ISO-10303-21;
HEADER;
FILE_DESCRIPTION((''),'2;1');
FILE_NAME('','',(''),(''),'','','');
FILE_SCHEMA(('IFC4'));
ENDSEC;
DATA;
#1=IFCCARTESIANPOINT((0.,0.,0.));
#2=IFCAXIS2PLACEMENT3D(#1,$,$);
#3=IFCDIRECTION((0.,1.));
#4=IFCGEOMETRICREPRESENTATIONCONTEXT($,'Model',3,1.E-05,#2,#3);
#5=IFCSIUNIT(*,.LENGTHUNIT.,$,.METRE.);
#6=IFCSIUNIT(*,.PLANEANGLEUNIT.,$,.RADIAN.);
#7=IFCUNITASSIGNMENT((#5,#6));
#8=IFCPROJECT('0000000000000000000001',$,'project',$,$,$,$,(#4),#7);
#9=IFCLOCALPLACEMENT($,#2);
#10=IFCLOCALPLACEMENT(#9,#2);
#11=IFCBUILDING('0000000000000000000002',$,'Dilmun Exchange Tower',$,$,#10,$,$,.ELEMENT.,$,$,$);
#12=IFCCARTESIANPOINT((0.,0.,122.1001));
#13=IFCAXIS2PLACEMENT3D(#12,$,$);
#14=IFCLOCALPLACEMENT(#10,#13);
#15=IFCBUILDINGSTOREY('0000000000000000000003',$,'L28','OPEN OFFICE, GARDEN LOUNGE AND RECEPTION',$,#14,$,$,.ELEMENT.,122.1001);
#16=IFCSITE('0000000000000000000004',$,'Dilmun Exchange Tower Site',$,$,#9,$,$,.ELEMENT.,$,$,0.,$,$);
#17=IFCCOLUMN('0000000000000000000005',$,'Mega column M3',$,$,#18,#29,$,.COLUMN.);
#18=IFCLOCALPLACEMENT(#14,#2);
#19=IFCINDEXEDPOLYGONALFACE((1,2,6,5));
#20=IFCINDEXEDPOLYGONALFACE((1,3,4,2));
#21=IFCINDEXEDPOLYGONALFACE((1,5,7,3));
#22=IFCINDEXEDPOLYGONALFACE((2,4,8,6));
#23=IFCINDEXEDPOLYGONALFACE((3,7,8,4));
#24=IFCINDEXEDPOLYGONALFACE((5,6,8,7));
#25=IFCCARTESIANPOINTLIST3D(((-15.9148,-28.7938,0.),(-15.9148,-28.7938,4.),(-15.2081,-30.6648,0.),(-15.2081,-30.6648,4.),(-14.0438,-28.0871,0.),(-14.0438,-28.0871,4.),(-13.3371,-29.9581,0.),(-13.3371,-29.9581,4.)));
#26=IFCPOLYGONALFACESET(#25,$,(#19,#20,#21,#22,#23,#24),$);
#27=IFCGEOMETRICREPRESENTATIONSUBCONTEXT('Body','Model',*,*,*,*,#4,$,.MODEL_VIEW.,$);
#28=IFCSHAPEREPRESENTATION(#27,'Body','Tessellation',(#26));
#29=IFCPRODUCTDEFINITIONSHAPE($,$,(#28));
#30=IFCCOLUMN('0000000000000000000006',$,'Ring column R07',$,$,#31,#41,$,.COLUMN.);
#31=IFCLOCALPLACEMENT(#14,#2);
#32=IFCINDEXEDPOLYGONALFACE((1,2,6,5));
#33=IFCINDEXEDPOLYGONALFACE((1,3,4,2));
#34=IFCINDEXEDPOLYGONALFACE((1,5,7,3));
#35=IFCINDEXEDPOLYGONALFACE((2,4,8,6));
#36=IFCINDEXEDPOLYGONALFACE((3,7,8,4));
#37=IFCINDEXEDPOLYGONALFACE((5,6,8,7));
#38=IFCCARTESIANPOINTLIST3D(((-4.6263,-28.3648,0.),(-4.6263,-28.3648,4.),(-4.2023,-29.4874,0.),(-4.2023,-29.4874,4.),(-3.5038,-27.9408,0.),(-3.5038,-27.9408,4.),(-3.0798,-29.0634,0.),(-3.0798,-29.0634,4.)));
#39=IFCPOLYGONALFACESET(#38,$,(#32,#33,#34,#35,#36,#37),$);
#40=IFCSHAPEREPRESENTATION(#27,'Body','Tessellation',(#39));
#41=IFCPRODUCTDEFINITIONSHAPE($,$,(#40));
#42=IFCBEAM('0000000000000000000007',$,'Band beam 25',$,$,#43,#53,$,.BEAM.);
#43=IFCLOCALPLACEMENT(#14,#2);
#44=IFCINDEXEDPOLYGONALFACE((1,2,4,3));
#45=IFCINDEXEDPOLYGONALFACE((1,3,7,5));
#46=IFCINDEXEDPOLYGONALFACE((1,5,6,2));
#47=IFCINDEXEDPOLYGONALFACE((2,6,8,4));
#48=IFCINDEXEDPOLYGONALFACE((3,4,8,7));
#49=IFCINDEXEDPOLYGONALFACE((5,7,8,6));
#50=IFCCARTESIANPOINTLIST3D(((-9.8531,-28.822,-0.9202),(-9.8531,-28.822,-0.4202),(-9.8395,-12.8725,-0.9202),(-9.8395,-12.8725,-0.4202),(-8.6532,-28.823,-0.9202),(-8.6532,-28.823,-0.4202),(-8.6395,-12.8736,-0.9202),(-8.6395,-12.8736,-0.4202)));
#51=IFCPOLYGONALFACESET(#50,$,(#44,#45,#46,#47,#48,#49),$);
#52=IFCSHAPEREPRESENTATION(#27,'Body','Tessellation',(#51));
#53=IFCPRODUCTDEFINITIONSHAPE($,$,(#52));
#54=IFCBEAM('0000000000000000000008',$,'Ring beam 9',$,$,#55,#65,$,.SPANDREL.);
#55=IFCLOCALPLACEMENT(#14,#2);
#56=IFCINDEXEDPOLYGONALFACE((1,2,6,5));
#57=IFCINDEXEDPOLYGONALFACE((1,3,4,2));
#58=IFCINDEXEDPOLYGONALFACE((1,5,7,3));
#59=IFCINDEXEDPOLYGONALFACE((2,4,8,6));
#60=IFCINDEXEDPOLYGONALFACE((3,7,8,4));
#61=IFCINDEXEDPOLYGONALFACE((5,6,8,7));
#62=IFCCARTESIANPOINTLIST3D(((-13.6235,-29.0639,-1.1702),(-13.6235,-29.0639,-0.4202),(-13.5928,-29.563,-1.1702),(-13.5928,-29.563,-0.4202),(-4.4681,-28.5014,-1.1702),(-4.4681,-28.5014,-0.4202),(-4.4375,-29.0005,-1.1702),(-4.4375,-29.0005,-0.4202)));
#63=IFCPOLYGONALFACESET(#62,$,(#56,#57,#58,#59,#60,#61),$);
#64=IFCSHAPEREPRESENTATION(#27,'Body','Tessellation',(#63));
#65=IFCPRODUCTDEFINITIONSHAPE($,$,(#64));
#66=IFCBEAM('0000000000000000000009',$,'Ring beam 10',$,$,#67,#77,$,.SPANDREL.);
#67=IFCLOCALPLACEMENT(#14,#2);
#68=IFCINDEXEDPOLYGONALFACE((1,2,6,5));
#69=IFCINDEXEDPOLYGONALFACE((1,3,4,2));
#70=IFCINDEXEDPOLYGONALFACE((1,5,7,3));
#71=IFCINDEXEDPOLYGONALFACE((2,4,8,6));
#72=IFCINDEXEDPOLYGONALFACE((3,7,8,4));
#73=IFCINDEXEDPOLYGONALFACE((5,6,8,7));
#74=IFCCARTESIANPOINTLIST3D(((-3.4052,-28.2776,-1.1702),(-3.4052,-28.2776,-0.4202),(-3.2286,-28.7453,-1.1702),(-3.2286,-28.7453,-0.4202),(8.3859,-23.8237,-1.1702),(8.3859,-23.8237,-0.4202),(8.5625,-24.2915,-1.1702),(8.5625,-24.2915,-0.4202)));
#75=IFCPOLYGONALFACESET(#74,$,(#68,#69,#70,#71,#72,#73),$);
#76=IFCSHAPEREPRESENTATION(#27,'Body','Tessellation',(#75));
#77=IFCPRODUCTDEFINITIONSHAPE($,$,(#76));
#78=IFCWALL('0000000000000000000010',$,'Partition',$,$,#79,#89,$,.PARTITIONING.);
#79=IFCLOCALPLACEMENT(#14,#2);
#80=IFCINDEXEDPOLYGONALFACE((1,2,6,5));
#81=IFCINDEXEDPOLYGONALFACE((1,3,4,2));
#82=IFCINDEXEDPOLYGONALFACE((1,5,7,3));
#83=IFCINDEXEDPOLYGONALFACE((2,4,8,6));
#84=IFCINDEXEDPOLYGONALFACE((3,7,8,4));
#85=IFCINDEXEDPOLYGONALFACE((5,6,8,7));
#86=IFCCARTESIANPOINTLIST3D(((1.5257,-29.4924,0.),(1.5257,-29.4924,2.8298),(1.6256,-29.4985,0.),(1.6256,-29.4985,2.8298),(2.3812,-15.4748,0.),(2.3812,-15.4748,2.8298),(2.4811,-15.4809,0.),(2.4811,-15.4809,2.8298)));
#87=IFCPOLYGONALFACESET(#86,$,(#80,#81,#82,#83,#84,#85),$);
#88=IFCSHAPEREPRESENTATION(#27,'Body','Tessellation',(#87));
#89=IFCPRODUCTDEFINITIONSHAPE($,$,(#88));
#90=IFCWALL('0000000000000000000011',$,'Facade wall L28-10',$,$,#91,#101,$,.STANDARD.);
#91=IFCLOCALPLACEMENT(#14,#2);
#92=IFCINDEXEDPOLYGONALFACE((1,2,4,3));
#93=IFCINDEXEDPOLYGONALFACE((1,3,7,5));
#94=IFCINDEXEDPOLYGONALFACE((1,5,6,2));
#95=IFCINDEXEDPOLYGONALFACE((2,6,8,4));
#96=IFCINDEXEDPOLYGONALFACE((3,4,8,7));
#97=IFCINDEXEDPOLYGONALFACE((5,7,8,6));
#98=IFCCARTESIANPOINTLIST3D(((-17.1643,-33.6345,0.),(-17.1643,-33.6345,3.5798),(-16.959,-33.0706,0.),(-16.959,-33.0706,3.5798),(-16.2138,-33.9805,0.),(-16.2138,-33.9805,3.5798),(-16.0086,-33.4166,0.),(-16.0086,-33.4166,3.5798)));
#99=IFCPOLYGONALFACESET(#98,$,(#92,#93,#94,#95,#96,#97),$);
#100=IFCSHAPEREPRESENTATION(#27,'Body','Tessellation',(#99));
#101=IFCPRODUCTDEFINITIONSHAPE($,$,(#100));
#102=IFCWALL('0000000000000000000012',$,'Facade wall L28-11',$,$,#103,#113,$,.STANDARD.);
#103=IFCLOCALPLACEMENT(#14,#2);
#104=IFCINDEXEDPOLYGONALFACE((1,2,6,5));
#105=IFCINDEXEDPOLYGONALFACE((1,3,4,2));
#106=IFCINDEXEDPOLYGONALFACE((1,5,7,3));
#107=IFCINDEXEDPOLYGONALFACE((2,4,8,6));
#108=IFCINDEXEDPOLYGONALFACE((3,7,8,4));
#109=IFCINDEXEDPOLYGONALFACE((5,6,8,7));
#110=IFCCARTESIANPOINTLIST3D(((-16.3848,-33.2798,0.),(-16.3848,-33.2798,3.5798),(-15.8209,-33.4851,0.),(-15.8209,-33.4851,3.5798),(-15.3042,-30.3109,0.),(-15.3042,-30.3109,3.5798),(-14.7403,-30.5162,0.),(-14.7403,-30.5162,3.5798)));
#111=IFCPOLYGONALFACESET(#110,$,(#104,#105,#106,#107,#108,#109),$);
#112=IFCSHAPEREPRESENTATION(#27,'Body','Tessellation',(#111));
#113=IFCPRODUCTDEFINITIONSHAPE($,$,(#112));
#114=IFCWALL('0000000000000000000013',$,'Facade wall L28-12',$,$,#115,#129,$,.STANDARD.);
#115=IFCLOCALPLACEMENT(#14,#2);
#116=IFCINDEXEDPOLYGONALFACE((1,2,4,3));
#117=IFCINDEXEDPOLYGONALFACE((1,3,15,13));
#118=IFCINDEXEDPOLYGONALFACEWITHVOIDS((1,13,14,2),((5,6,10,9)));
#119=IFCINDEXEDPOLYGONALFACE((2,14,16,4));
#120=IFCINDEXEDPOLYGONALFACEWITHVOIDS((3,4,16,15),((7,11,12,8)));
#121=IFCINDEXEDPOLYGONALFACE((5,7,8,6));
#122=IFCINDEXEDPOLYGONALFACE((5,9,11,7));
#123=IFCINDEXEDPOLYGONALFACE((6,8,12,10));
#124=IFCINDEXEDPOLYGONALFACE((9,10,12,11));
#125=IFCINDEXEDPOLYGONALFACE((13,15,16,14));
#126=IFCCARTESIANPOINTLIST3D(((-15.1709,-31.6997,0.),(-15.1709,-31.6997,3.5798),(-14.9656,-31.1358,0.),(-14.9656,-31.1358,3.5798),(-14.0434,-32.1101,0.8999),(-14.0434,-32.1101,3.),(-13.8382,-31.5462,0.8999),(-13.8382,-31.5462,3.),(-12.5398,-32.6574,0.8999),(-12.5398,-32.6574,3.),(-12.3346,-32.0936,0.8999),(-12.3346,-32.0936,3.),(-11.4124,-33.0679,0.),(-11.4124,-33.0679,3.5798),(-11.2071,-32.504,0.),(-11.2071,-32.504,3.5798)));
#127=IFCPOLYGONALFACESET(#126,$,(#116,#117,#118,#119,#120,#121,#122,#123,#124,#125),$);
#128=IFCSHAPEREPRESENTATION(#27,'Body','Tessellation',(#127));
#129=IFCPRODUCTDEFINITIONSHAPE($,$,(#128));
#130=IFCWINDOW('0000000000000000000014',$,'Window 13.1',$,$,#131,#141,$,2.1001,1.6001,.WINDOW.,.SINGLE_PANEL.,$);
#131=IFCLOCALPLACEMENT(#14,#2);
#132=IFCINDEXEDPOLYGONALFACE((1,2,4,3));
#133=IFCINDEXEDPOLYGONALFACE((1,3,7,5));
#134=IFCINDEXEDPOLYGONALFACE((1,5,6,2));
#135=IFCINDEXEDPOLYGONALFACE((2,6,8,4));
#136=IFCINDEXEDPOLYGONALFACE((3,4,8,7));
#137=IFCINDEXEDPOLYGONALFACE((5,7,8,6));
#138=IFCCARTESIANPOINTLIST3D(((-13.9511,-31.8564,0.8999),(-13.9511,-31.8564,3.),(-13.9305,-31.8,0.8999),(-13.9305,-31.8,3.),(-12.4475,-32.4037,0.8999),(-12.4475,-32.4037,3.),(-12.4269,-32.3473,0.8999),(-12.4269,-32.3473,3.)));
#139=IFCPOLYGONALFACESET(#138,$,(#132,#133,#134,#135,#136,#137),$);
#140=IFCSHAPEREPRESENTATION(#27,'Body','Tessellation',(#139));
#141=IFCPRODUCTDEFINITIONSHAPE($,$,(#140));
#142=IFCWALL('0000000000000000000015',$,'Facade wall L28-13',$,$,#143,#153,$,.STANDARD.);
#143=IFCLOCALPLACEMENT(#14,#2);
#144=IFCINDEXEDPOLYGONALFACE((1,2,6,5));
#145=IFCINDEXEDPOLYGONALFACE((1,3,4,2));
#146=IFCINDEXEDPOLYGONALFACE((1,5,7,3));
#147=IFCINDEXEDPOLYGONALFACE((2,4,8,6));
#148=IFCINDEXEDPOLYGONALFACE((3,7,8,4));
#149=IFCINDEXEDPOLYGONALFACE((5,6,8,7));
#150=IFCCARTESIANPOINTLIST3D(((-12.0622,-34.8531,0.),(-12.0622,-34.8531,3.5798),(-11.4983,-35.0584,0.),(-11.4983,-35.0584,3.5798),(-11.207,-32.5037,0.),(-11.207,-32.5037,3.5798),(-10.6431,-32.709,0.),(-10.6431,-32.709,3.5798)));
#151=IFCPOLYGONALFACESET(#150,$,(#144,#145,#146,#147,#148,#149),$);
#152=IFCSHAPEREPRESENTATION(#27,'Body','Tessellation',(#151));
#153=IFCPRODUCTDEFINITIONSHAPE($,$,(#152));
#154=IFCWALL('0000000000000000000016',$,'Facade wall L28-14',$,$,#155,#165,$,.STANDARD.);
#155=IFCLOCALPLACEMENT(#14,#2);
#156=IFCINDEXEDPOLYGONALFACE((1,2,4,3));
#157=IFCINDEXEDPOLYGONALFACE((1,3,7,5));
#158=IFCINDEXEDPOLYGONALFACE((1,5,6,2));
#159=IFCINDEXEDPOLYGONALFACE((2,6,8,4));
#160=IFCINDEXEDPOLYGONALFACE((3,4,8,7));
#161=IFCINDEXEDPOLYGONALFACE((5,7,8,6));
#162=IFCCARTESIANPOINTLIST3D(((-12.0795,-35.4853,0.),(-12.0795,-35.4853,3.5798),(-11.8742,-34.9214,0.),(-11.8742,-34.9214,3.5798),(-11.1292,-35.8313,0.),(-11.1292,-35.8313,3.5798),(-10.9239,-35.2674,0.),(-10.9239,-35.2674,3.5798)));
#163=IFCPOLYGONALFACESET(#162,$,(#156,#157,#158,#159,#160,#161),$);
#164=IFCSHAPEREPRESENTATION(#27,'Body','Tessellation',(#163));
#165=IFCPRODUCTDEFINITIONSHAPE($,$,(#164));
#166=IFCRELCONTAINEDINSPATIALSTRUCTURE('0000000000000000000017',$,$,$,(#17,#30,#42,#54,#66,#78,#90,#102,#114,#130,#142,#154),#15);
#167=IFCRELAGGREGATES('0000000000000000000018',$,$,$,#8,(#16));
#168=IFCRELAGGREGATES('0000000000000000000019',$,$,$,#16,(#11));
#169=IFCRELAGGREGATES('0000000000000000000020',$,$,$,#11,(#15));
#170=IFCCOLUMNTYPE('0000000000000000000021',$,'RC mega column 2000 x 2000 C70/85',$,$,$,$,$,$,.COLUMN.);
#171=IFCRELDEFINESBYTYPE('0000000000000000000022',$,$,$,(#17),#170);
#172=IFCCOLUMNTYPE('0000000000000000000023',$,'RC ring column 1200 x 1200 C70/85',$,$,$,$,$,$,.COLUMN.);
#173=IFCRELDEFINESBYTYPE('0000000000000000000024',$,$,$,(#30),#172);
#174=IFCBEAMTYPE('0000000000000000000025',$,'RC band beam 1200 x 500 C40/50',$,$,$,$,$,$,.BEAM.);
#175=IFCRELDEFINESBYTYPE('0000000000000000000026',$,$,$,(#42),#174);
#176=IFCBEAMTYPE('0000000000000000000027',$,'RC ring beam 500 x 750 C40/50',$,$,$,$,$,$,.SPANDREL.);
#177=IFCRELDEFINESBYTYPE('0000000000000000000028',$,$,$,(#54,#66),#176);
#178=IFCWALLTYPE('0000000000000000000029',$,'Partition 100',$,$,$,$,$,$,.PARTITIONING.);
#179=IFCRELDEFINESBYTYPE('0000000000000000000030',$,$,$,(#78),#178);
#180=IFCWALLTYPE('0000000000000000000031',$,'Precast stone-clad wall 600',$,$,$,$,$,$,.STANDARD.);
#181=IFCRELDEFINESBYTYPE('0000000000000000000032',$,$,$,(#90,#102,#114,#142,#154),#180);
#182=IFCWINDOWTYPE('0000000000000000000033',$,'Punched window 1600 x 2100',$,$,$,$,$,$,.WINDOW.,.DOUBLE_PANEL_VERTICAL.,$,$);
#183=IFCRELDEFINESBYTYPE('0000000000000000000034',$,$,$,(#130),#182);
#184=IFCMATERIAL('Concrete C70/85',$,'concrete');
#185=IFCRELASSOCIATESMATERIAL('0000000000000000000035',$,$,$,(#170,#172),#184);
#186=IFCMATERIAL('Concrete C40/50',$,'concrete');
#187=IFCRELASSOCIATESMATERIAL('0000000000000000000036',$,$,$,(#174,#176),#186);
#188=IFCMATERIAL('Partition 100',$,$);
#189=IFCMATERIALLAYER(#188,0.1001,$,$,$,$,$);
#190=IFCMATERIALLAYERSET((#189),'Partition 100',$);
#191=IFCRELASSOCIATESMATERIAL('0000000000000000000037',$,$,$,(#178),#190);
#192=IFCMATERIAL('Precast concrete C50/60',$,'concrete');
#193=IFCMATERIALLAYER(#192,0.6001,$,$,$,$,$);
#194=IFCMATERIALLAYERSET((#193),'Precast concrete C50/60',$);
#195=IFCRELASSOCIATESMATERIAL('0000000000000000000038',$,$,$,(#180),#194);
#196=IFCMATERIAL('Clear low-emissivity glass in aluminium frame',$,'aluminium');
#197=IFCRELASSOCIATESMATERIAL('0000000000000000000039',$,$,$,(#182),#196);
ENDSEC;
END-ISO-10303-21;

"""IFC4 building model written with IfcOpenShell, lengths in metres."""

from ifc_helpers import new_model, si_unit, direction, frame, frame_2d, origin, origin_2d, place, context, subcontext, project, spatial, rectangle, extrude, material, layer, layer_set, material_profile, profile_set, type_object, element, fill, save


model = new_model("IFC4")

# Units and contexts
model_context = context("Model", 3, precision=1e-05, world=origin(), true_north=direction((0.0, 1.0)))
body_context = subcontext(model_context, "Body", "Model", "MODEL_VIEW")
ifc_project = project(units=[si_unit("LENGTHUNIT", "METRE"), si_unit("PLANEANGLEUNIT", "RADIAN")], contexts=[model_context])

# Site, building, storey
site_placement = place(None, origin())
site = spatial("IfcSite", under=ifc_project, at=site_placement, Name="Dilmun Exchange Tower Site", CompositionType="ELEMENT", RefElevation=0.0)
building_placement = place(site_placement, origin())
building = spatial("IfcBuilding", under=site, at=building_placement, Name="Dilmun Exchange Tower", CompositionType="ELEMENT")
storey_placement = place(building_placement, frame((0.0, 0.0, 122.1001)))
storey = spatial("IfcBuildingStorey", under=building, at=storey_placement, Name="L28", Description="OPEN OFFICE, GARDEN LOUNGE AND RECEPTION", CompositionType="ELEMENT", Elevation=122.1001)

# Columns
ifc_material_1 = material(Name="Concrete C70/85", Category="concrete")
ifc_material_profile_1 = material_profile(ifc_material_1, rectangle(XDim=2.0, YDim=2.0, at=origin_2d()), Name="2000 x 2000")
ifc_profile_set_1 = profile_set([ifc_material_profile_1], Name="Concrete C70/85")
column_type_1 = type_object("IfcColumnType", Name="RC mega column 2000 x 2000 C70/85", PredefinedType="COLUMN", material=ifc_profile_set_1)
column_1_placement = place(storey_placement, frame((-14.626, -29.376, 0.0), z_axis=(0.0, 0.0, 1.0), x_axis=(0.935492, 0.353349, 0.0)))
element("IfcColumn", 1, at=column_1_placement, inside=storey, type_object=column_type_1, Name="Mega column M3", PredefinedType="COLUMN", context=body_context, shape_type="SweptSolid", body=[
    extrude(rectangle(XDim=2.0, YDim=2.0, at=origin_2d()), origin(), (0.0, 0.0, 1.0), 4.0),
])
ifc_material_profile_2 = material_profile(ifc_material_1, rectangle(XDim=1.2, YDim=1.2, at=origin_2d()), Name="1200 x 1200")
ifc_profile_set_2 = profile_set([ifc_material_profile_2], Name="Concrete C70/85")
column_type_2 = type_object("IfcColumnType", Name="RC ring column 1200 x 1200 C70/85", PredefinedType="COLUMN", material=ifc_profile_set_2)
column_2_placement = place(storey_placement, frame((-3.853, -28.7141, 0.0), z_axis=(0.0, 0.0, 1.0), x_axis=(0.935492, 0.353349, 0.0)))
element("IfcColumn", 2, at=column_2_placement, inside=storey, type_object=column_type_2, Name="Ring column R07", PredefinedType="COLUMN", context=body_context, shape_type="SweptSolid", body=[
    extrude(rectangle(XDim=1.2, YDim=1.2, at=origin_2d()), origin(), (0.0, 0.0, 1.0), 4.0),
])

# Beams
ifc_material_2 = material(Name="Concrete C40/50", Category="concrete")
ifc_material_profile_3 = material_profile(ifc_material_2, rectangle(XDim=1.2, YDim=0.5, at=origin_2d()), Name="1200 x 500")
ifc_profile_set_3 = profile_set([ifc_material_profile_3], Name="Concrete C40/50")
beam_type_1 = type_object("IfcBeamType", Name="RC band beam 1200 x 500 C40/50", PredefinedType="BEAM", material=ifc_profile_set_3)
beam_1_placement = place(storey_placement, frame((-9.2532, -28.8225, -0.6702), z_axis=(0.000857, 1.0, 0.0), x_axis=(-1.0, 0.000857, 0.0)))
element("IfcBeam", 3, at=beam_1_placement, inside=storey, type_object=beam_type_1, Name="Band beam 25", PredefinedType="BEAM", context=body_context, shape_type="SweptSolid", body=[
    extrude(rectangle(XDim=1.2, YDim=0.5, at=origin_2d()), origin(), (0.0, 0.0, 1.0), 15.9495),
])
ifc_material_profile_4 = material_profile(ifc_material_2, rectangle(XDim=0.5, YDim=0.75, at=origin_2d()), Name="500 x 750")
ifc_profile_set_4 = profile_set([ifc_material_profile_4], Name="Concrete C40/50")
beam_type_2 = type_object("IfcBeamType", Name="RC ring beam 500 x 750 C40/50", PredefinedType="SPANDREL", material=ifc_profile_set_4)
beam_2_placement = place(storey_placement, frame((-13.6082, -29.3135, -0.7952), z_axis=(0.998118, 0.061324, 0.0), x_axis=(-0.061324, 0.998118, 0.0)))
element("IfcBeam", 4, at=beam_2_placement, inside=storey, type_object=beam_type_2, Name="Ring beam 9", PredefinedType="SPANDREL", context=body_context, shape_type="SweptSolid", body=[
    extrude(rectangle(XDim=0.5, YDim=0.75, at=origin_2d()), origin(), (0.0, 0.0, 1.0), 9.1726),
])
beam_3_placement = place(storey_placement, frame((-3.3169, -28.5115, -0.7952), z_axis=(0.935486, 0.353364, 0.0), x_axis=(-0.353364, 0.935486, 0.0)))
element("IfcBeam", 5, at=beam_3_placement, inside=storey, type_object=beam_type_2, Name="Ring beam 10", PredefinedType="SPANDREL", context=body_context, shape_type="SweptSolid", body=[
    extrude(rectangle(XDim=0.5, YDim=0.75, at=origin_2d()), origin(), (0.0, 0.0, 1.0), 12.6042),
])

# Walls
ifc_material_3 = material(Name="Partition 100")
ifc_layer_1 = layer(ifc_material_3, 0.1001)
ifc_layer_set_1 = layer_set([ifc_layer_1], Name="Partition 100")
wall_type_1 = type_object("IfcWallType", Name="Partition 100", PredefinedType="PARTITIONING", material=ifc_layer_set_1)
wall_1_placement = place(storey_placement, frame((1.5757, -29.4956, 0.0), z_axis=(0.0, 0.0, 1.0), x_axis=(0.060915, 0.998143, 0.0)))
element("IfcWall", 6, at=wall_1_placement, inside=storey, type_object=wall_type_1, Name="Partition", PredefinedType="PARTITIONING", context=body_context, shape_type="SweptSolid", body=[
    extrude(rectangle(XDim=14.0437, YDim=0.1001, at=frame_2d((7.022, 0.0))), origin(), (0.0, 0.0, 1.0), 2.8298),
])
ifc_material_4 = material(Name="Precast concrete C50/60", Category="concrete")
ifc_layer_2 = layer(ifc_material_4, 0.6001)
ifc_layer_set_2 = layer_set([ifc_layer_2], Name="Precast concrete C50/60")
wall_type_2 = type_object("IfcWallType", Name="Precast stone-clad wall 600", PredefinedType="STANDARD", material=ifc_layer_set_2)
wall_2_placement = place(storey_placement, frame((-17.0618, -33.3525, 0.0), z_axis=(0.0, 0.0, 1.0), x_axis=(0.939688, -0.342034, 0.0)))
element("IfcWall", 7, at=wall_2_placement, inside=storey, type_object=wall_type_2, Name="Facade wall L28-10", PredefinedType="STANDARD", context=body_context, shape_type="SweptSolid", body=[
    extrude(rectangle(XDim=1.0115, YDim=0.6001, at=frame_2d((0.5059, 0.0))), origin(), (0.0, 0.0, 1.0), 3.5798),
])
wall_3_placement = place(storey_placement, frame((-16.1028, -33.3823, 0.0), z_axis=(0.0, 0.0, 1.0), x_axis=(0.342004, 0.939699, 0.0)))
element("IfcWall", 8, at=wall_3_placement, inside=storey, type_object=wall_type_2, Name="Facade wall L28-11", PredefinedType="STANDARD", context=body_context, shape_type="SweptSolid", body=[
    extrude(rectangle(XDim=3.1594, YDim=0.6001, at=frame_2d((1.5796, 0.0))), origin(), (0.0, 0.0, 1.0), 3.5798),
])

# Wall, opening, window
wall_4_placement = place(storey_placement, frame((-15.0684, -31.4177, 0.0), z_axis=(0.0, 0.0, 1.0), x_axis=(0.939679, -0.342057, 0.0)))
wall_4 = element("IfcWall", 9, at=wall_4_placement, inside=storey, type_object=wall_type_2, Name="Facade wall L28-12", PredefinedType="STANDARD", context=body_context, shape_type="SweptSolid", body=[
    extrude(rectangle(XDim=3.9998, YDim=0.6001, at=frame_2d((2.0, 0.0))), origin(), (0.0, 0.0, 1.0), 3.5798),
])
opening_1_placement = place(wall_4_placement, frame((1.2, 0.0, 0.8999)))
opening_1 = element("IfcOpeningElement", 10, at=opening_1_placement, cuts=wall_4, PredefinedType="OPENING", context=body_context, shape_type="SweptSolid", body=[
    extrude(rectangle(XDim=1.6001, YDim=2.1001, at=frame_2d((0.8, 1.05))), frame((0.0, 0.3101, 0.0), z_axis=(0.0, -1.0, 0.0), x_axis=(1.0, 0.0, 0.0)), (0.0, 0.0, 1.0), 0.6201),
])
ifc_material_5 = material(Name="Clear low-emissivity glass in aluminium frame", Category="aluminium")
window_type_1 = type_object("IfcWindowType", Name="Punched window 1600 x 2100", PartitioningType="DOUBLE_PANEL_VERTICAL", PredefinedType="WINDOW", material=ifc_material_5)
window_1_placement = place(opening_1_placement, origin())
window_1 = element("IfcWindow", 11, at=window_1_placement, inside=storey, type_object=window_type_1, Name="Window 13.1", OverallHeight=2.1001, OverallWidth=1.6001, PartitioningType="SINGLE_PANEL", PredefinedType="WINDOW", context=body_context, shape_type="SweptSolid", body=[
    extrude(rectangle(XDim=1.6001, YDim=2.1001, at=frame_2d((0.8, 1.05))), frame((0.0, 0.03, 0.0), z_axis=(0.0, -1.0, 0.0), x_axis=(1.0, 0.0, 0.0)), (0.0, 0.0, 1.0), 0.0601),
])
fill(opening_1, window_1)

# Walls
wall_5_placement = place(storey_placement, frame((-10.925, -32.6064, 0.0), z_axis=(0.0, 0.0, 1.0), x_axis=(-0.342065, -0.939676, 0.0)))
element("IfcWall", 12, at=wall_5_placement, inside=storey, type_object=wall_type_2, Name="Facade wall L28-13", PredefinedType="STANDARD", context=body_context, shape_type="SweptSolid", body=[
    extrude(rectangle(XDim=2.5002, YDim=0.6001, at=frame_2d((1.25, 0.0))), origin(), (0.0, 0.0, 1.0), 3.5798),
])
wall_6_placement = place(storey_placement, frame((-11.9768, -35.2034, 0.0), z_axis=(0.0, 0.0, 1.0), x_axis=(0.939659, -0.342111, 0.0)))
element("IfcWall", 13, at=wall_6_placement, inside=storey, type_object=wall_type_2, Name="Facade wall L28-14", PredefinedType="STANDARD", context=body_context, shape_type="SweptSolid", body=[
    extrude(rectangle(XDim=1.0112, YDim=0.6001, at=frame_2d((0.5056, 0.0))), origin(), (0.0, 0.0, 1.0), 3.5798),
])

save(model, "model.ifc")
